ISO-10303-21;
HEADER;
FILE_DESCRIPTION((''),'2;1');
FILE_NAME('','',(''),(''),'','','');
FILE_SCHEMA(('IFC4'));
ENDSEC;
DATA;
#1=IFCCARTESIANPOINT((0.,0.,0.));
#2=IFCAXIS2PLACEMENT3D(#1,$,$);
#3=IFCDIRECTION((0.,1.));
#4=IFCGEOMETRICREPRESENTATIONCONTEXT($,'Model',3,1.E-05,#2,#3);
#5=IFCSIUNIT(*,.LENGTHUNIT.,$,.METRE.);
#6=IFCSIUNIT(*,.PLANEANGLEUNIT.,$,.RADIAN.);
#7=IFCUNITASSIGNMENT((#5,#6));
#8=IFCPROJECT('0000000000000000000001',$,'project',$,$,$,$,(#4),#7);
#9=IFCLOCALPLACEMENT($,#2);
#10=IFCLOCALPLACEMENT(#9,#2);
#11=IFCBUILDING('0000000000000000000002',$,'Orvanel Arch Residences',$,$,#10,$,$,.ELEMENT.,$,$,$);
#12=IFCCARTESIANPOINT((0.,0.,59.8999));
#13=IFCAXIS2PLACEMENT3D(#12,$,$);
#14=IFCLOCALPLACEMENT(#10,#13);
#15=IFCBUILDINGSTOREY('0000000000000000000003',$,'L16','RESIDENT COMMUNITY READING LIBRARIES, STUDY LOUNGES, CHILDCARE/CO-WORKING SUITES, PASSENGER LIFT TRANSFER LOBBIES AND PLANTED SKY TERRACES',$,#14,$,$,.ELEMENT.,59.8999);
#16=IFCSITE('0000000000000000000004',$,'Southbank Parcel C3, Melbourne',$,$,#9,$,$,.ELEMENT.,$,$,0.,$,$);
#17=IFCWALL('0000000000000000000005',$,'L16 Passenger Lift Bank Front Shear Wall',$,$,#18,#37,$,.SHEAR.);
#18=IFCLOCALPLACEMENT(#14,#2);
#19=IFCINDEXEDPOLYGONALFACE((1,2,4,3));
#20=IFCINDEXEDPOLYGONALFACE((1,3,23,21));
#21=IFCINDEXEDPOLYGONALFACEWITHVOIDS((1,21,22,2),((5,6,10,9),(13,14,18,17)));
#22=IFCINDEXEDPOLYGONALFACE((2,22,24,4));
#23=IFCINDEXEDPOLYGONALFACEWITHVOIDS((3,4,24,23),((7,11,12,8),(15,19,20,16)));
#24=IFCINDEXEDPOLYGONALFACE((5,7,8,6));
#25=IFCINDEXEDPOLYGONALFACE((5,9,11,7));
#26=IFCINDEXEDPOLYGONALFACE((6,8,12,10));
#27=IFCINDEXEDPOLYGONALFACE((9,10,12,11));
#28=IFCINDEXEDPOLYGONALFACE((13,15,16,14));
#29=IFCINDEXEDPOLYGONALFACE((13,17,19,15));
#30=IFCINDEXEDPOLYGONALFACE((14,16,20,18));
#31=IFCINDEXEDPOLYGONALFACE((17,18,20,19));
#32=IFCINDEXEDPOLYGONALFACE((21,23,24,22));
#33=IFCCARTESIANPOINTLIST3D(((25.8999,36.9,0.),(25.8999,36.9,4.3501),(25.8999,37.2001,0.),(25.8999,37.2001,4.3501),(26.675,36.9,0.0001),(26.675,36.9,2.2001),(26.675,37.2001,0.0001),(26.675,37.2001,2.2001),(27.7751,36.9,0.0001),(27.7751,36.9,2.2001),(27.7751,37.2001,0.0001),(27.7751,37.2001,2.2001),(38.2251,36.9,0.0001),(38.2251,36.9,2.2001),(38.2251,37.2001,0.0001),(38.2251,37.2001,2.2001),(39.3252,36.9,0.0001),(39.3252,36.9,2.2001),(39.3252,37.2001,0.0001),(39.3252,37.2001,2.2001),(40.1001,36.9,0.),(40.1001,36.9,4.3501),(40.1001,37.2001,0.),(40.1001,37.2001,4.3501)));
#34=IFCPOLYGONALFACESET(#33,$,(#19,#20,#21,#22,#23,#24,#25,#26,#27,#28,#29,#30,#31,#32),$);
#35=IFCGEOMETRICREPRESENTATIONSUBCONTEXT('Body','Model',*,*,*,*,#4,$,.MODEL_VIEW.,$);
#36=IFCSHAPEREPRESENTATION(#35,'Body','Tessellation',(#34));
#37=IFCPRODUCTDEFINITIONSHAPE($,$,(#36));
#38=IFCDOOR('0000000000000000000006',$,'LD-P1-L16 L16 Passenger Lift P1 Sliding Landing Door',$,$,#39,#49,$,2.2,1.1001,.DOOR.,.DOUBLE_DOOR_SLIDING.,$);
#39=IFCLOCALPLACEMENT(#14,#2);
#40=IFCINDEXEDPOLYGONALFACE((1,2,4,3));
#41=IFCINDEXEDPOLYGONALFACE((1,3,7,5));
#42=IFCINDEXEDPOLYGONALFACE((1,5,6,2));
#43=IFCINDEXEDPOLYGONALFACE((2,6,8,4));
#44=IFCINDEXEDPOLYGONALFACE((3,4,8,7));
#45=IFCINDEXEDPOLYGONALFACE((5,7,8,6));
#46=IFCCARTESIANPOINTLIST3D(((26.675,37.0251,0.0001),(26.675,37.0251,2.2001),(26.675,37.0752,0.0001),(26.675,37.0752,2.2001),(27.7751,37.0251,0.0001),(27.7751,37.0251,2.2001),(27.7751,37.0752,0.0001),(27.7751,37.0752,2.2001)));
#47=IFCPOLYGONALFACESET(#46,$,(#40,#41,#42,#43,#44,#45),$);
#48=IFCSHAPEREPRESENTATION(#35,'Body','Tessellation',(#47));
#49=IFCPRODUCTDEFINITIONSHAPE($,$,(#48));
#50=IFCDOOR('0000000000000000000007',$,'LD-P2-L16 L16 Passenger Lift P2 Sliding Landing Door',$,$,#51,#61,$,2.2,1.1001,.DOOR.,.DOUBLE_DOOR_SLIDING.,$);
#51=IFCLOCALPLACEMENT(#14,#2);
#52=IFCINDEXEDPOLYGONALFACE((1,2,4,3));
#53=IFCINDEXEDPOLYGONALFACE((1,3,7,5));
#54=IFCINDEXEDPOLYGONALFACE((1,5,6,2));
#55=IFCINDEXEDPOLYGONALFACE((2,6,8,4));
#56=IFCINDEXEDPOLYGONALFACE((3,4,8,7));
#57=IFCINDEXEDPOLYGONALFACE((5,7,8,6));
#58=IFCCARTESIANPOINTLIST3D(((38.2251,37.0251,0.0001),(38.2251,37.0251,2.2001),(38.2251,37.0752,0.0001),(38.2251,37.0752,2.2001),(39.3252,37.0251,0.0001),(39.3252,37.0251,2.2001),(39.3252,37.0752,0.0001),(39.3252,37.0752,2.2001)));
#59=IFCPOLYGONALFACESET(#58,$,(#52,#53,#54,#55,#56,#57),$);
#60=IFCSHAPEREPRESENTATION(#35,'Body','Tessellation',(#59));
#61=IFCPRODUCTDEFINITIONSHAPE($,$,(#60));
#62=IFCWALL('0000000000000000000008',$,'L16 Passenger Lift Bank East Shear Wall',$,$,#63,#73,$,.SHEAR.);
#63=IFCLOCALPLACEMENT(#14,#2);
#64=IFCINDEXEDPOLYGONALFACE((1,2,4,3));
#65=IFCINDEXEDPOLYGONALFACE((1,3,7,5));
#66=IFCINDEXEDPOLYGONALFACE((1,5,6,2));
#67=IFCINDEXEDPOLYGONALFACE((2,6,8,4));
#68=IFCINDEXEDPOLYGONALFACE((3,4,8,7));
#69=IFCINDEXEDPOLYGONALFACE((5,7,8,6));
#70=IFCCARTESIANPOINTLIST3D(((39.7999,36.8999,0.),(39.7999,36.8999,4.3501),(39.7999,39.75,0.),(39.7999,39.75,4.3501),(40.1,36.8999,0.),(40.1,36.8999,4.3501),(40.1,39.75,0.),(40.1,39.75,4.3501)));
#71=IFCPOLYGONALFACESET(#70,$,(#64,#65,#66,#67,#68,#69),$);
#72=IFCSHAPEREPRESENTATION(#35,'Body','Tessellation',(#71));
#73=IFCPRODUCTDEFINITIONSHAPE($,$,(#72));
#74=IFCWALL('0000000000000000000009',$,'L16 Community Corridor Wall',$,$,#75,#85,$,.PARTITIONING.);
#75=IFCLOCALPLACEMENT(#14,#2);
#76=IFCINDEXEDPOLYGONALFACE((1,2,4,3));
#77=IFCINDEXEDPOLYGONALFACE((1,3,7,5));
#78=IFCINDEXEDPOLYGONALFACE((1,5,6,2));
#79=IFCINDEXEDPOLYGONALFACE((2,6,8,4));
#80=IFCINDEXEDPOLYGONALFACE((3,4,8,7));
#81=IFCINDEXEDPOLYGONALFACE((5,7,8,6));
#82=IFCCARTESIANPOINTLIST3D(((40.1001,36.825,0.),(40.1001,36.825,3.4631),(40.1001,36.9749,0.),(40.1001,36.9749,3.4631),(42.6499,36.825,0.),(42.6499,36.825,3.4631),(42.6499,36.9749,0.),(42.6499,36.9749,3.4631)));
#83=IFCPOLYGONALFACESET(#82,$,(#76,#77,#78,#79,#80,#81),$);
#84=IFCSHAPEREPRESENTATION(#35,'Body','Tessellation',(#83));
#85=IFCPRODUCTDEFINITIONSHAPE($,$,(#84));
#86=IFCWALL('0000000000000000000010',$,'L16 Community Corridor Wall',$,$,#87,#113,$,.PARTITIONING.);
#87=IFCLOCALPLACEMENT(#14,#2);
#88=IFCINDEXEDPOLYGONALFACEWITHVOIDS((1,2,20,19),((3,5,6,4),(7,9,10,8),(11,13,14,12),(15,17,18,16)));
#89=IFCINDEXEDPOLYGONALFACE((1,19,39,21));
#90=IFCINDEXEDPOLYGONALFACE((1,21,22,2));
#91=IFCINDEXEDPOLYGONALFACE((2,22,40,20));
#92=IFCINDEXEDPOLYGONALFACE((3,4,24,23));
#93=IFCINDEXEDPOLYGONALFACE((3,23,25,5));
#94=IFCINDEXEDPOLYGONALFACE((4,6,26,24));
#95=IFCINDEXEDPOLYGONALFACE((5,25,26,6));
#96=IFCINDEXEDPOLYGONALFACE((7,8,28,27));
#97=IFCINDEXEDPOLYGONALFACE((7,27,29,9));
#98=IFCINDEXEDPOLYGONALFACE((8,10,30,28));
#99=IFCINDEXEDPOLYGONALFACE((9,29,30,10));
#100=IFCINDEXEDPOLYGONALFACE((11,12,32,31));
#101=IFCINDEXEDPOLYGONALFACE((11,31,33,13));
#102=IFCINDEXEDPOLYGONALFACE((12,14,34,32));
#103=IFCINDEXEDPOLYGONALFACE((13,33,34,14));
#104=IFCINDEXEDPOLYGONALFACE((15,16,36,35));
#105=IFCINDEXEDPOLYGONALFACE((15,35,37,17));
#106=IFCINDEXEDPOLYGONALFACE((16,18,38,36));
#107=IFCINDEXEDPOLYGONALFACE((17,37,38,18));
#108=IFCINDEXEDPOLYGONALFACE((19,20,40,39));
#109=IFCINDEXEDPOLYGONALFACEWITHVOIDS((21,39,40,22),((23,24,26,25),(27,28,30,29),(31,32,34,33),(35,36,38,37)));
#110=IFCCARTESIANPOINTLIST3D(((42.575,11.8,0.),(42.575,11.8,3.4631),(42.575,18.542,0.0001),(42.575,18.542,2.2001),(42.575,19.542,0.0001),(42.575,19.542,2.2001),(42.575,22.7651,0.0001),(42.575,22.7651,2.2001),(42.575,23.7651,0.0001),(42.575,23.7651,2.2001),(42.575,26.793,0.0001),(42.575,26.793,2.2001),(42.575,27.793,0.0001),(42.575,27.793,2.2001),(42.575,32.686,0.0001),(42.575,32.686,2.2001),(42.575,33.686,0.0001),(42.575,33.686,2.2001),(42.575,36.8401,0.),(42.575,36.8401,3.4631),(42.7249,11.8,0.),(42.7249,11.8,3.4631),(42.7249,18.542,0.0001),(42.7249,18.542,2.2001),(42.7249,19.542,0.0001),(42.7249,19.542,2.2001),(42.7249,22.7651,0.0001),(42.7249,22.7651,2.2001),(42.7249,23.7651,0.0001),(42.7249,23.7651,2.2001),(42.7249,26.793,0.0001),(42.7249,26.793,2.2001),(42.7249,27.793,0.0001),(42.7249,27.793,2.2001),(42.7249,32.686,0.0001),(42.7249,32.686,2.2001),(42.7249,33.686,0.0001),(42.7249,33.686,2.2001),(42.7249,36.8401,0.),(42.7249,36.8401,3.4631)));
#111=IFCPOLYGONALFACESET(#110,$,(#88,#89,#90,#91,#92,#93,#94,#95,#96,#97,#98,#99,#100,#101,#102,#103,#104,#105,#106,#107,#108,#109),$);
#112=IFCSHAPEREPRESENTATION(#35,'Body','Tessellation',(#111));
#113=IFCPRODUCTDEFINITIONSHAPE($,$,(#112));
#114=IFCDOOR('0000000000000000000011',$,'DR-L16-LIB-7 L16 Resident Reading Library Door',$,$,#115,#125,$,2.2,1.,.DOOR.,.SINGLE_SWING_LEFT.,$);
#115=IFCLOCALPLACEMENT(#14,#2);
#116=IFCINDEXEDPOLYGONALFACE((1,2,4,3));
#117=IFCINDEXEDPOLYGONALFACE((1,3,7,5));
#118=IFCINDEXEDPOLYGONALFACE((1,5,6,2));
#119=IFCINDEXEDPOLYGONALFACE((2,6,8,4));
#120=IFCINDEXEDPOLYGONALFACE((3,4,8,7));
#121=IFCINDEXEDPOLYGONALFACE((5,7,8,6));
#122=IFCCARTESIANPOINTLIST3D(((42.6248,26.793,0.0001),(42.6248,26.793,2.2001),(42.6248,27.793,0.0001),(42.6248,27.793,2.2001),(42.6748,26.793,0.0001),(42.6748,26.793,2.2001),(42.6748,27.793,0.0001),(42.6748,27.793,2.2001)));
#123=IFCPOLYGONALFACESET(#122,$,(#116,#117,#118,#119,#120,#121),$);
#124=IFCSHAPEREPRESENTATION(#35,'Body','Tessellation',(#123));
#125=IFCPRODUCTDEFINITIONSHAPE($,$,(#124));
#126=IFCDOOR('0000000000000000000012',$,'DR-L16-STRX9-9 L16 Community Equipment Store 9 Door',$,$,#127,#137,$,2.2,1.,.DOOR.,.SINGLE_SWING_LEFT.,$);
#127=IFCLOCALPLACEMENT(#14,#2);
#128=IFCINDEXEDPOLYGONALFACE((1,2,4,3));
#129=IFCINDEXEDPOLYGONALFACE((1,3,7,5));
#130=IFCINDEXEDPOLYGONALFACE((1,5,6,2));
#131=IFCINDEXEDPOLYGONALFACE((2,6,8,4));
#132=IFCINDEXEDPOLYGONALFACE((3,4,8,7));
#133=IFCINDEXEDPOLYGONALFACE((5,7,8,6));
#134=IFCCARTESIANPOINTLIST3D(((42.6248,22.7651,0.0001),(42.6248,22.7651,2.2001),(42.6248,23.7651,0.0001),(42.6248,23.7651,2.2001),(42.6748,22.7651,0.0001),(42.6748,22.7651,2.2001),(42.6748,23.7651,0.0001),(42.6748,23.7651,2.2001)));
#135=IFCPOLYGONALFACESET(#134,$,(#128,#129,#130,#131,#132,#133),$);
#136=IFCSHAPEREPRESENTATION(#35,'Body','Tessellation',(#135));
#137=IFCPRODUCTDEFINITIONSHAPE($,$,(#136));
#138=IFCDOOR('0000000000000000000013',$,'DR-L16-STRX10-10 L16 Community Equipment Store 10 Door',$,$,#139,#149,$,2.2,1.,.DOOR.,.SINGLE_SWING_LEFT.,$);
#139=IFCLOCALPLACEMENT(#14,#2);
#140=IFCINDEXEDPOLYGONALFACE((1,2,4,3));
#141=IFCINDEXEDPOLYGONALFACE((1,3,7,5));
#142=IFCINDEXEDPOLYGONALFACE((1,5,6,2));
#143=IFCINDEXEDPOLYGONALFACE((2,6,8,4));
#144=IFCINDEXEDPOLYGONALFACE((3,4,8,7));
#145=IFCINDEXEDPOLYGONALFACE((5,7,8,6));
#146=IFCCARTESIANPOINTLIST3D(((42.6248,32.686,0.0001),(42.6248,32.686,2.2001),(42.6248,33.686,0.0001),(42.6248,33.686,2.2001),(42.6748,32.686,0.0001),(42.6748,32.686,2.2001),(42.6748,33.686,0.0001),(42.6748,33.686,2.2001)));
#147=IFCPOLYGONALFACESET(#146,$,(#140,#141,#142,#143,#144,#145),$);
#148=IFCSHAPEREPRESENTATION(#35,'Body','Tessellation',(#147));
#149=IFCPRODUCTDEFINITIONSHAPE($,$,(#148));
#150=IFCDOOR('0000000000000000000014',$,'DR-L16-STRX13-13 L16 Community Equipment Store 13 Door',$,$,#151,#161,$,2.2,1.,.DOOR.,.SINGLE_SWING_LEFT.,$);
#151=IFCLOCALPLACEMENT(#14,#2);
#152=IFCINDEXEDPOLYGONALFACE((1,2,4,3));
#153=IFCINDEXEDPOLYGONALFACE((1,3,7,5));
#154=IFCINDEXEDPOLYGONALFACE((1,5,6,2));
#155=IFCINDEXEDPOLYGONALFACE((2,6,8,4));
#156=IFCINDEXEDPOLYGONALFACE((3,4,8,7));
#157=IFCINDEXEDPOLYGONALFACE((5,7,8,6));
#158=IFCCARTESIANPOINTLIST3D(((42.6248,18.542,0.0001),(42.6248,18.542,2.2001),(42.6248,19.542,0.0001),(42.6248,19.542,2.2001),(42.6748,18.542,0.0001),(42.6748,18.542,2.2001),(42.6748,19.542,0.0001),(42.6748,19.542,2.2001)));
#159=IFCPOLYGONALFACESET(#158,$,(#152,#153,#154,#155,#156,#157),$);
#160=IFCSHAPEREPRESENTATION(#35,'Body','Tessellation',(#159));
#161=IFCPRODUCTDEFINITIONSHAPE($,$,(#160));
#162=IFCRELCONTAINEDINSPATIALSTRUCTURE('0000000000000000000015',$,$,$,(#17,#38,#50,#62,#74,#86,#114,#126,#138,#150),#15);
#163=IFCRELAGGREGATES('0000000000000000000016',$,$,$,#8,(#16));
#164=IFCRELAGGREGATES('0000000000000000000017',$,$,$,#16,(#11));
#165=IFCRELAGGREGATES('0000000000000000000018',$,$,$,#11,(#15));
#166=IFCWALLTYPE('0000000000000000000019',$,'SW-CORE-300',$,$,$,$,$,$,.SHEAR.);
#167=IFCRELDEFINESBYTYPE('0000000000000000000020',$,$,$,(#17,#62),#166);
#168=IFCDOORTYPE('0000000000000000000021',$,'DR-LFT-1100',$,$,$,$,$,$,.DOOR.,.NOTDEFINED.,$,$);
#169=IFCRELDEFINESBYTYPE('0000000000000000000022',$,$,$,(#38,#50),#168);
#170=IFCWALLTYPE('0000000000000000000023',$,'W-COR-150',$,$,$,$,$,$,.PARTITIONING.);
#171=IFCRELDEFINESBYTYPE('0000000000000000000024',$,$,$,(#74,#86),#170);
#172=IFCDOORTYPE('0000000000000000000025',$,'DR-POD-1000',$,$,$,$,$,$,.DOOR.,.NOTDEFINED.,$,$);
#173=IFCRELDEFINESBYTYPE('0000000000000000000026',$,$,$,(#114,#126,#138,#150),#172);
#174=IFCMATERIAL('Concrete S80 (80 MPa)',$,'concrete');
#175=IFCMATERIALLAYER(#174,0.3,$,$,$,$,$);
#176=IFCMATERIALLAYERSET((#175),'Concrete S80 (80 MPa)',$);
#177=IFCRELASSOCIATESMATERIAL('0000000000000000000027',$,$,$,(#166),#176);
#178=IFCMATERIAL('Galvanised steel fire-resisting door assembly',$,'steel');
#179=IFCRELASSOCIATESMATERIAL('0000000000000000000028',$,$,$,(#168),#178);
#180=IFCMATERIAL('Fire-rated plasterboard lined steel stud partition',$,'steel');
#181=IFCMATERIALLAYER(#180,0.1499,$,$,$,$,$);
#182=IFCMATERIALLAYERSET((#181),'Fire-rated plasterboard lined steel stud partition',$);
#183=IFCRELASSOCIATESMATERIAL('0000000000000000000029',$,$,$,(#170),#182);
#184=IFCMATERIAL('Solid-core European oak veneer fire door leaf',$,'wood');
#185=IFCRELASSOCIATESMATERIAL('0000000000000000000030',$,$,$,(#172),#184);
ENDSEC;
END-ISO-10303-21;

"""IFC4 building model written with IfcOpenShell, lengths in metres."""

from ifc_helpers import new_model, si_unit, direction, frame, frame_2d, origin, place, context, subcontext, project, spatial, rectangle, extrude, material, layer, layer_set, type_object, element, fill, save


model = new_model("IFC4")

# Units and contexts
model_context = context("Model", 3, precision=1e-05, world=origin(), true_north=direction((0.0, 1.0)))
body_context = subcontext(model_context, "Body", "Model", "MODEL_VIEW")
ifc_project = project(units=[si_unit("LENGTHUNIT", "METRE"), si_unit("PLANEANGLEUNIT", "RADIAN")], contexts=[model_context])

# Site, building, storey
site_placement = place(None, origin())
site = spatial("IfcSite", under=ifc_project, at=site_placement, Name="Southbank Parcel C3, Melbourne", CompositionType="ELEMENT", RefElevation=0.0)
building_placement = place(site_placement, origin())
building = spatial("IfcBuilding", under=site, at=building_placement, Name="Orvanel Arch Residences", CompositionType="ELEMENT")
storey_placement = place(building_placement, frame((0.0, 0.0, 59.8999)))
storey = spatial("IfcBuildingStorey", under=building, at=storey_placement, Name="L16", Description="RESIDENT COMMUNITY READING LIBRARIES, STUDY LOUNGES, CHILDCARE/CO-WORKING SUITES, PASSENGER LIFT TRANSFER LOBBIES AND PLANTED SKY TERRACES", CompositionType="ELEMENT", Elevation=59.8999)

# Wall, openings, doors
ifc_material_1 = material(Name="Concrete S80 (80 MPa)", Category="concrete")
ifc_layer_1 = layer(ifc_material_1, 0.3)
ifc_layer_set_1 = layer_set([ifc_layer_1], Name="Concrete S80 (80 MPa)")
wall_type_1 = type_object("IfcWallType", Name="SW-CORE-300", PredefinedType="SHEAR", material=ifc_layer_set_1)
wall_1_placement = place(storey_placement, frame((40.1001, 37.05, 0.0), z_axis=(0.0, 0.0, 1.0), x_axis=(-1.0, 0.0, 0.0)))
wall_1 = element("IfcWall", 1, at=wall_1_placement, inside=storey, type_object=wall_type_1, Name="L16 Passenger Lift Bank Front Shear Wall", PredefinedType="SHEAR", context=body_context, shape_type="SweptSolid", body=[
    extrude(rectangle(XDim=14.2002, YDim=0.3, at=frame_2d((7.1001, 0.0))), origin(), (0.0, 0.0, 1.0), 4.3501),
])
opening_1_placement = place(wall_1_placement, frame((12.325, 0.0, 0.0)))
opening_1 = element("IfcOpeningElement", 2, at=opening_1_placement, cuts=wall_1, PredefinedType="OPENING", context=body_context, shape_type="SweptSolid", body=[
    extrude(rectangle(XDim=1.1001, YDim=2.2, at=frame_2d((0.55, 1.1001))), frame((0.0, 0.1599, 0.0), z_axis=(0.0, -1.0, 0.0), x_axis=(1.0, 0.0, 0.0)), (0.0, 0.0, 1.0), 0.3201),
])
opening_2_placement = place(wall_1_placement, frame((0.7749, 0.0, 0.0)))
opening_2 = element("IfcOpeningElement", 3, at=opening_2_placement, cuts=wall_1, PredefinedType="OPENING", context=body_context, shape_type="SweptSolid", body=[
    extrude(rectangle(XDim=1.1001, YDim=2.2, at=frame_2d((0.55, 1.1001))), frame((0.0, 0.1599, 0.0), z_axis=(0.0, -1.0, 0.0), x_axis=(1.0, 0.0, 0.0)), (0.0, 0.0, 1.0), 0.3201),
])
ifc_material_2 = material(Name="Galvanised steel fire-resisting door assembly", Category="steel")
door_type_1 = type_object("IfcDoorType", Name="DR-LFT-1100", OperationType="NOTDEFINED", PredefinedType="DOOR", material=ifc_material_2)
door_1_placement = place(opening_1_placement, origin())
door_1 = element("IfcDoor", 4, at=door_1_placement, inside=storey, type_object=door_type_1, Name="LD-P1-L16 L16 Passenger Lift P1 Sliding Landing Door", OperationType="DOUBLE_DOOR_SLIDING", OverallHeight=2.2, OverallWidth=1.1001, PredefinedType="DOOR", context=body_context, shape_type="SweptSolid", body=[
    extrude(rectangle(XDim=1.1001, YDim=2.2, at=frame_2d((0.55, 1.1001))), frame((0.0, 0.0249, 0.0), z_axis=(0.0, -1.0, 0.0), x_axis=(1.0, 0.0, 0.0)), (0.0, 0.0, 1.0), 0.05),
])
fill(opening_1, door_1)
door_2_placement = place(opening_2_placement, origin())
door_2 = element("IfcDoor", 5, at=door_2_placement, inside=storey, type_object=door_type_1, Name="LD-P2-L16 L16 Passenger Lift P2 Sliding Landing Door", OperationType="DOUBLE_DOOR_SLIDING", OverallHeight=2.2, OverallWidth=1.1001, PredefinedType="DOOR", context=body_context, shape_type="SweptSolid", body=[
    extrude(rectangle(XDim=1.1001, YDim=2.2, at=frame_2d((0.55, 1.1001))), frame((0.0, 0.0249, 0.0), z_axis=(0.0, -1.0, 0.0), x_axis=(1.0, 0.0, 0.0)), (0.0, 0.0, 1.0), 0.05),
])
fill(opening_2, door_2)

# Walls
wall_2_placement = place(storey_placement, frame((39.95, 36.8999, 0.0), z_axis=(0.0, 0.0, 1.0), x_axis=(0.0, 1.0, 0.0)))
element("IfcWall", 6, at=wall_2_placement, inside=storey, type_object=wall_type_1, Name="L16 Passenger Lift Bank East Shear Wall", PredefinedType="SHEAR", context=body_context, shape_type="SweptSolid", body=[
    extrude(rectangle(XDim=2.8501, YDim=0.3, at=frame_2d((1.425, 0.0))), origin(), (0.0, 0.0, 1.0), 4.3501),
])
ifc_material_3 = material(Name="Fire-rated plasterboard lined steel stud partition", Category="steel")
ifc_layer_2 = layer(ifc_material_3, 0.1499)
ifc_layer_set_2 = layer_set([ifc_layer_2], Name="Fire-rated plasterboard lined steel stud partition")
wall_type_2 = type_object("IfcWallType", Name="W-COR-150", PredefinedType="PARTITIONING", material=ifc_layer_set_2)
wall_3_placement = place(storey_placement, frame((40.1001, 36.8999, 0.0), z_axis=(0.0, 0.0, 1.0), x_axis=(1.0, 0.0, 0.0)))
element("IfcWall", 7, at=wall_3_placement, inside=storey, type_object=wall_type_2, Name="L16 Community Corridor Wall", PredefinedType="PARTITIONING", context=body_context, shape_type="SweptSolid", body=[
    extrude(rectangle(XDim=2.5498, YDim=0.1499, at=frame_2d((1.2749, 0.0))), origin(), (0.0, 0.0, 1.0), 3.4631),
])

# Wall, openings, doors
wall_4_placement = place(storey_placement, frame((42.6499, 36.8401, 0.0), z_axis=(0.0, 0.0, 1.0), x_axis=(0.0, -1.0, 0.0)))
wall_4 = element("IfcWall", 8, at=wall_4_placement, inside=storey, type_object=wall_type_2, Name="L16 Community Corridor Wall", PredefinedType="PARTITIONING", context=body_context, shape_type="SweptSolid", body=[
    extrude(rectangle(XDim=25.04, YDim=0.1499, at=frame_2d((12.52, 0.0))), origin(), (0.0, 0.0, 1.0), 3.4631),
])
opening_3_placement = place(wall_4_placement, frame((9.0471, 0.0, 0.0)))
opening_3 = element("IfcOpeningElement", 9, at=opening_3_placement, cuts=wall_4, PredefinedType="OPENING", context=body_context, shape_type="SweptSolid", body=[
    extrude(rectangle(XDim=1.0, YDim=2.2, at=frame_2d((0.5, 1.1001))), frame((0.0, 0.085, 0.0), z_axis=(0.0, -1.0, 0.0), x_axis=(1.0, 0.0, 0.0)), (0.0, 0.0, 1.0), 0.1699),
])
opening_4_placement = place(wall_4_placement, frame((13.075, 0.0, 0.0)))
opening_4 = element("IfcOpeningElement", 10, at=opening_4_placement, cuts=wall_4, PredefinedType="OPENING", context=body_context, shape_type="SweptSolid", body=[
    extrude(rectangle(XDim=1.0, YDim=2.2, at=frame_2d((0.5, 1.1001))), frame((0.0, 0.085, 0.0), z_axis=(0.0, -1.0, 0.0), x_axis=(1.0, 0.0, 0.0)), (0.0, 0.0, 1.0), 0.1699),
])
opening_5_placement = place(wall_4_placement, frame((3.1541, 0.0, 0.0)))
opening_5 = element("IfcOpeningElement", 11, at=opening_5_placement, cuts=wall_4, PredefinedType="OPENING", context=body_context, shape_type="SweptSolid", body=[
    extrude(rectangle(XDim=1.0, YDim=2.2, at=frame_2d((0.5, 1.1001))), frame((0.0, 0.085, 0.0), z_axis=(0.0, -1.0, 0.0), x_axis=(1.0, 0.0, 0.0)), (0.0, 0.0, 1.0), 0.1699),
])
opening_6_placement = place(wall_4_placement, frame((17.2981, 0.0, 0.0)))
opening_6 = element("IfcOpeningElement", 12, at=opening_6_placement, cuts=wall_4, PredefinedType="OPENING", context=body_context, shape_type="SweptSolid", body=[
    extrude(rectangle(XDim=1.0, YDim=2.2, at=frame_2d((0.5, 1.1001))), frame((0.0, 0.085, 0.0), z_axis=(0.0, -1.0, 0.0), x_axis=(1.0, 0.0, 0.0)), (0.0, 0.0, 1.0), 0.1699),
])
ifc_material_4 = material(Name="Solid-core European oak veneer fire door leaf", Category="wood")
door_type_2 = type_object("IfcDoorType", Name="DR-POD-1000", OperationType="NOTDEFINED", PredefinedType="DOOR", material=ifc_material_4)
door_3_placement = place(opening_3_placement, origin())
door_3 = element("IfcDoor", 13, at=door_3_placement, inside=storey, type_object=door_type_2, Name="DR-L16-LIB-7 L16 Resident Reading Library Door", OperationType="SINGLE_SWING_LEFT", OverallHeight=2.2, OverallWidth=1.0, PredefinedType="DOOR", context=body_context, shape_type="SweptSolid", body=[
    extrude(rectangle(XDim=1.0, YDim=2.2, at=frame_2d((0.5, 1.1001))), frame((0.0, 0.0249, 0.0), z_axis=(0.0, -1.0, 0.0), x_axis=(1.0, 0.0, 0.0)), (0.0, 0.0, 1.0), 0.05),
])
fill(opening_3, door_3)
door_4_placement = place(opening_4_placement, origin())
door_4 = element("IfcDoor", 14, at=door_4_placement, inside=storey, type_object=door_type_2, Name="DR-L16-STRX9-9 L16 Community Equipment Store 9 Door", OperationType="SINGLE_SWING_LEFT", OverallHeight=2.2, OverallWidth=1.0, PredefinedType="DOOR", context=body_context, shape_type="SweptSolid", body=[
    extrude(rectangle(XDim=1.0, YDim=2.2, at=frame_2d((0.5, 1.1001))), frame((0.0, 0.0249, 0.0), z_axis=(0.0, -1.0, 0.0), x_axis=(1.0, 0.0, 0.0)), (0.0, 0.0, 1.0), 0.05),
])
fill(opening_4, door_4)
door_5_placement = place(opening_5_placement, origin())
door_5 = element("IfcDoor", 15, at=door_5_placement, inside=storey, type_object=door_type_2, Name="DR-L16-STRX10-10 L16 Community Equipment Store 10 Door", OperationType="SINGLE_SWING_LEFT", OverallHeight=2.2, OverallWidth=1.0, PredefinedType="DOOR", context=body_context, shape_type="SweptSolid", body=[
    extrude(rectangle(XDim=1.0, YDim=2.2, at=frame_2d((0.5, 1.1001))), frame((0.0, 0.0249, 0.0), z_axis=(0.0, -1.0, 0.0), x_axis=(1.0, 0.0, 0.0)), (0.0, 0.0, 1.0), 0.05),
])
fill(opening_5, door_5)
door_6_placement = place(opening_6_placement, origin())
door_6 = element("IfcDoor", 16, at=door_6_placement, inside=storey, type_object=door_type_2, Name="DR-L16-STRX13-13 L16 Community Equipment Store 13 Door", OperationType="SINGLE_SWING_LEFT", OverallHeight=2.2, OverallWidth=1.0, PredefinedType="DOOR", context=body_context, shape_type="SweptSolid", body=[
    extrude(rectangle(XDim=1.0, YDim=2.2, at=frame_2d((0.5, 1.1001))), frame((0.0, 0.0249, 0.0), z_axis=(0.0, -1.0, 0.0), x_axis=(1.0, 0.0, 0.0)), (0.0, 0.0, 1.0), 0.05),
])
fill(opening_6, door_6)

save(model, "model.ifc")
